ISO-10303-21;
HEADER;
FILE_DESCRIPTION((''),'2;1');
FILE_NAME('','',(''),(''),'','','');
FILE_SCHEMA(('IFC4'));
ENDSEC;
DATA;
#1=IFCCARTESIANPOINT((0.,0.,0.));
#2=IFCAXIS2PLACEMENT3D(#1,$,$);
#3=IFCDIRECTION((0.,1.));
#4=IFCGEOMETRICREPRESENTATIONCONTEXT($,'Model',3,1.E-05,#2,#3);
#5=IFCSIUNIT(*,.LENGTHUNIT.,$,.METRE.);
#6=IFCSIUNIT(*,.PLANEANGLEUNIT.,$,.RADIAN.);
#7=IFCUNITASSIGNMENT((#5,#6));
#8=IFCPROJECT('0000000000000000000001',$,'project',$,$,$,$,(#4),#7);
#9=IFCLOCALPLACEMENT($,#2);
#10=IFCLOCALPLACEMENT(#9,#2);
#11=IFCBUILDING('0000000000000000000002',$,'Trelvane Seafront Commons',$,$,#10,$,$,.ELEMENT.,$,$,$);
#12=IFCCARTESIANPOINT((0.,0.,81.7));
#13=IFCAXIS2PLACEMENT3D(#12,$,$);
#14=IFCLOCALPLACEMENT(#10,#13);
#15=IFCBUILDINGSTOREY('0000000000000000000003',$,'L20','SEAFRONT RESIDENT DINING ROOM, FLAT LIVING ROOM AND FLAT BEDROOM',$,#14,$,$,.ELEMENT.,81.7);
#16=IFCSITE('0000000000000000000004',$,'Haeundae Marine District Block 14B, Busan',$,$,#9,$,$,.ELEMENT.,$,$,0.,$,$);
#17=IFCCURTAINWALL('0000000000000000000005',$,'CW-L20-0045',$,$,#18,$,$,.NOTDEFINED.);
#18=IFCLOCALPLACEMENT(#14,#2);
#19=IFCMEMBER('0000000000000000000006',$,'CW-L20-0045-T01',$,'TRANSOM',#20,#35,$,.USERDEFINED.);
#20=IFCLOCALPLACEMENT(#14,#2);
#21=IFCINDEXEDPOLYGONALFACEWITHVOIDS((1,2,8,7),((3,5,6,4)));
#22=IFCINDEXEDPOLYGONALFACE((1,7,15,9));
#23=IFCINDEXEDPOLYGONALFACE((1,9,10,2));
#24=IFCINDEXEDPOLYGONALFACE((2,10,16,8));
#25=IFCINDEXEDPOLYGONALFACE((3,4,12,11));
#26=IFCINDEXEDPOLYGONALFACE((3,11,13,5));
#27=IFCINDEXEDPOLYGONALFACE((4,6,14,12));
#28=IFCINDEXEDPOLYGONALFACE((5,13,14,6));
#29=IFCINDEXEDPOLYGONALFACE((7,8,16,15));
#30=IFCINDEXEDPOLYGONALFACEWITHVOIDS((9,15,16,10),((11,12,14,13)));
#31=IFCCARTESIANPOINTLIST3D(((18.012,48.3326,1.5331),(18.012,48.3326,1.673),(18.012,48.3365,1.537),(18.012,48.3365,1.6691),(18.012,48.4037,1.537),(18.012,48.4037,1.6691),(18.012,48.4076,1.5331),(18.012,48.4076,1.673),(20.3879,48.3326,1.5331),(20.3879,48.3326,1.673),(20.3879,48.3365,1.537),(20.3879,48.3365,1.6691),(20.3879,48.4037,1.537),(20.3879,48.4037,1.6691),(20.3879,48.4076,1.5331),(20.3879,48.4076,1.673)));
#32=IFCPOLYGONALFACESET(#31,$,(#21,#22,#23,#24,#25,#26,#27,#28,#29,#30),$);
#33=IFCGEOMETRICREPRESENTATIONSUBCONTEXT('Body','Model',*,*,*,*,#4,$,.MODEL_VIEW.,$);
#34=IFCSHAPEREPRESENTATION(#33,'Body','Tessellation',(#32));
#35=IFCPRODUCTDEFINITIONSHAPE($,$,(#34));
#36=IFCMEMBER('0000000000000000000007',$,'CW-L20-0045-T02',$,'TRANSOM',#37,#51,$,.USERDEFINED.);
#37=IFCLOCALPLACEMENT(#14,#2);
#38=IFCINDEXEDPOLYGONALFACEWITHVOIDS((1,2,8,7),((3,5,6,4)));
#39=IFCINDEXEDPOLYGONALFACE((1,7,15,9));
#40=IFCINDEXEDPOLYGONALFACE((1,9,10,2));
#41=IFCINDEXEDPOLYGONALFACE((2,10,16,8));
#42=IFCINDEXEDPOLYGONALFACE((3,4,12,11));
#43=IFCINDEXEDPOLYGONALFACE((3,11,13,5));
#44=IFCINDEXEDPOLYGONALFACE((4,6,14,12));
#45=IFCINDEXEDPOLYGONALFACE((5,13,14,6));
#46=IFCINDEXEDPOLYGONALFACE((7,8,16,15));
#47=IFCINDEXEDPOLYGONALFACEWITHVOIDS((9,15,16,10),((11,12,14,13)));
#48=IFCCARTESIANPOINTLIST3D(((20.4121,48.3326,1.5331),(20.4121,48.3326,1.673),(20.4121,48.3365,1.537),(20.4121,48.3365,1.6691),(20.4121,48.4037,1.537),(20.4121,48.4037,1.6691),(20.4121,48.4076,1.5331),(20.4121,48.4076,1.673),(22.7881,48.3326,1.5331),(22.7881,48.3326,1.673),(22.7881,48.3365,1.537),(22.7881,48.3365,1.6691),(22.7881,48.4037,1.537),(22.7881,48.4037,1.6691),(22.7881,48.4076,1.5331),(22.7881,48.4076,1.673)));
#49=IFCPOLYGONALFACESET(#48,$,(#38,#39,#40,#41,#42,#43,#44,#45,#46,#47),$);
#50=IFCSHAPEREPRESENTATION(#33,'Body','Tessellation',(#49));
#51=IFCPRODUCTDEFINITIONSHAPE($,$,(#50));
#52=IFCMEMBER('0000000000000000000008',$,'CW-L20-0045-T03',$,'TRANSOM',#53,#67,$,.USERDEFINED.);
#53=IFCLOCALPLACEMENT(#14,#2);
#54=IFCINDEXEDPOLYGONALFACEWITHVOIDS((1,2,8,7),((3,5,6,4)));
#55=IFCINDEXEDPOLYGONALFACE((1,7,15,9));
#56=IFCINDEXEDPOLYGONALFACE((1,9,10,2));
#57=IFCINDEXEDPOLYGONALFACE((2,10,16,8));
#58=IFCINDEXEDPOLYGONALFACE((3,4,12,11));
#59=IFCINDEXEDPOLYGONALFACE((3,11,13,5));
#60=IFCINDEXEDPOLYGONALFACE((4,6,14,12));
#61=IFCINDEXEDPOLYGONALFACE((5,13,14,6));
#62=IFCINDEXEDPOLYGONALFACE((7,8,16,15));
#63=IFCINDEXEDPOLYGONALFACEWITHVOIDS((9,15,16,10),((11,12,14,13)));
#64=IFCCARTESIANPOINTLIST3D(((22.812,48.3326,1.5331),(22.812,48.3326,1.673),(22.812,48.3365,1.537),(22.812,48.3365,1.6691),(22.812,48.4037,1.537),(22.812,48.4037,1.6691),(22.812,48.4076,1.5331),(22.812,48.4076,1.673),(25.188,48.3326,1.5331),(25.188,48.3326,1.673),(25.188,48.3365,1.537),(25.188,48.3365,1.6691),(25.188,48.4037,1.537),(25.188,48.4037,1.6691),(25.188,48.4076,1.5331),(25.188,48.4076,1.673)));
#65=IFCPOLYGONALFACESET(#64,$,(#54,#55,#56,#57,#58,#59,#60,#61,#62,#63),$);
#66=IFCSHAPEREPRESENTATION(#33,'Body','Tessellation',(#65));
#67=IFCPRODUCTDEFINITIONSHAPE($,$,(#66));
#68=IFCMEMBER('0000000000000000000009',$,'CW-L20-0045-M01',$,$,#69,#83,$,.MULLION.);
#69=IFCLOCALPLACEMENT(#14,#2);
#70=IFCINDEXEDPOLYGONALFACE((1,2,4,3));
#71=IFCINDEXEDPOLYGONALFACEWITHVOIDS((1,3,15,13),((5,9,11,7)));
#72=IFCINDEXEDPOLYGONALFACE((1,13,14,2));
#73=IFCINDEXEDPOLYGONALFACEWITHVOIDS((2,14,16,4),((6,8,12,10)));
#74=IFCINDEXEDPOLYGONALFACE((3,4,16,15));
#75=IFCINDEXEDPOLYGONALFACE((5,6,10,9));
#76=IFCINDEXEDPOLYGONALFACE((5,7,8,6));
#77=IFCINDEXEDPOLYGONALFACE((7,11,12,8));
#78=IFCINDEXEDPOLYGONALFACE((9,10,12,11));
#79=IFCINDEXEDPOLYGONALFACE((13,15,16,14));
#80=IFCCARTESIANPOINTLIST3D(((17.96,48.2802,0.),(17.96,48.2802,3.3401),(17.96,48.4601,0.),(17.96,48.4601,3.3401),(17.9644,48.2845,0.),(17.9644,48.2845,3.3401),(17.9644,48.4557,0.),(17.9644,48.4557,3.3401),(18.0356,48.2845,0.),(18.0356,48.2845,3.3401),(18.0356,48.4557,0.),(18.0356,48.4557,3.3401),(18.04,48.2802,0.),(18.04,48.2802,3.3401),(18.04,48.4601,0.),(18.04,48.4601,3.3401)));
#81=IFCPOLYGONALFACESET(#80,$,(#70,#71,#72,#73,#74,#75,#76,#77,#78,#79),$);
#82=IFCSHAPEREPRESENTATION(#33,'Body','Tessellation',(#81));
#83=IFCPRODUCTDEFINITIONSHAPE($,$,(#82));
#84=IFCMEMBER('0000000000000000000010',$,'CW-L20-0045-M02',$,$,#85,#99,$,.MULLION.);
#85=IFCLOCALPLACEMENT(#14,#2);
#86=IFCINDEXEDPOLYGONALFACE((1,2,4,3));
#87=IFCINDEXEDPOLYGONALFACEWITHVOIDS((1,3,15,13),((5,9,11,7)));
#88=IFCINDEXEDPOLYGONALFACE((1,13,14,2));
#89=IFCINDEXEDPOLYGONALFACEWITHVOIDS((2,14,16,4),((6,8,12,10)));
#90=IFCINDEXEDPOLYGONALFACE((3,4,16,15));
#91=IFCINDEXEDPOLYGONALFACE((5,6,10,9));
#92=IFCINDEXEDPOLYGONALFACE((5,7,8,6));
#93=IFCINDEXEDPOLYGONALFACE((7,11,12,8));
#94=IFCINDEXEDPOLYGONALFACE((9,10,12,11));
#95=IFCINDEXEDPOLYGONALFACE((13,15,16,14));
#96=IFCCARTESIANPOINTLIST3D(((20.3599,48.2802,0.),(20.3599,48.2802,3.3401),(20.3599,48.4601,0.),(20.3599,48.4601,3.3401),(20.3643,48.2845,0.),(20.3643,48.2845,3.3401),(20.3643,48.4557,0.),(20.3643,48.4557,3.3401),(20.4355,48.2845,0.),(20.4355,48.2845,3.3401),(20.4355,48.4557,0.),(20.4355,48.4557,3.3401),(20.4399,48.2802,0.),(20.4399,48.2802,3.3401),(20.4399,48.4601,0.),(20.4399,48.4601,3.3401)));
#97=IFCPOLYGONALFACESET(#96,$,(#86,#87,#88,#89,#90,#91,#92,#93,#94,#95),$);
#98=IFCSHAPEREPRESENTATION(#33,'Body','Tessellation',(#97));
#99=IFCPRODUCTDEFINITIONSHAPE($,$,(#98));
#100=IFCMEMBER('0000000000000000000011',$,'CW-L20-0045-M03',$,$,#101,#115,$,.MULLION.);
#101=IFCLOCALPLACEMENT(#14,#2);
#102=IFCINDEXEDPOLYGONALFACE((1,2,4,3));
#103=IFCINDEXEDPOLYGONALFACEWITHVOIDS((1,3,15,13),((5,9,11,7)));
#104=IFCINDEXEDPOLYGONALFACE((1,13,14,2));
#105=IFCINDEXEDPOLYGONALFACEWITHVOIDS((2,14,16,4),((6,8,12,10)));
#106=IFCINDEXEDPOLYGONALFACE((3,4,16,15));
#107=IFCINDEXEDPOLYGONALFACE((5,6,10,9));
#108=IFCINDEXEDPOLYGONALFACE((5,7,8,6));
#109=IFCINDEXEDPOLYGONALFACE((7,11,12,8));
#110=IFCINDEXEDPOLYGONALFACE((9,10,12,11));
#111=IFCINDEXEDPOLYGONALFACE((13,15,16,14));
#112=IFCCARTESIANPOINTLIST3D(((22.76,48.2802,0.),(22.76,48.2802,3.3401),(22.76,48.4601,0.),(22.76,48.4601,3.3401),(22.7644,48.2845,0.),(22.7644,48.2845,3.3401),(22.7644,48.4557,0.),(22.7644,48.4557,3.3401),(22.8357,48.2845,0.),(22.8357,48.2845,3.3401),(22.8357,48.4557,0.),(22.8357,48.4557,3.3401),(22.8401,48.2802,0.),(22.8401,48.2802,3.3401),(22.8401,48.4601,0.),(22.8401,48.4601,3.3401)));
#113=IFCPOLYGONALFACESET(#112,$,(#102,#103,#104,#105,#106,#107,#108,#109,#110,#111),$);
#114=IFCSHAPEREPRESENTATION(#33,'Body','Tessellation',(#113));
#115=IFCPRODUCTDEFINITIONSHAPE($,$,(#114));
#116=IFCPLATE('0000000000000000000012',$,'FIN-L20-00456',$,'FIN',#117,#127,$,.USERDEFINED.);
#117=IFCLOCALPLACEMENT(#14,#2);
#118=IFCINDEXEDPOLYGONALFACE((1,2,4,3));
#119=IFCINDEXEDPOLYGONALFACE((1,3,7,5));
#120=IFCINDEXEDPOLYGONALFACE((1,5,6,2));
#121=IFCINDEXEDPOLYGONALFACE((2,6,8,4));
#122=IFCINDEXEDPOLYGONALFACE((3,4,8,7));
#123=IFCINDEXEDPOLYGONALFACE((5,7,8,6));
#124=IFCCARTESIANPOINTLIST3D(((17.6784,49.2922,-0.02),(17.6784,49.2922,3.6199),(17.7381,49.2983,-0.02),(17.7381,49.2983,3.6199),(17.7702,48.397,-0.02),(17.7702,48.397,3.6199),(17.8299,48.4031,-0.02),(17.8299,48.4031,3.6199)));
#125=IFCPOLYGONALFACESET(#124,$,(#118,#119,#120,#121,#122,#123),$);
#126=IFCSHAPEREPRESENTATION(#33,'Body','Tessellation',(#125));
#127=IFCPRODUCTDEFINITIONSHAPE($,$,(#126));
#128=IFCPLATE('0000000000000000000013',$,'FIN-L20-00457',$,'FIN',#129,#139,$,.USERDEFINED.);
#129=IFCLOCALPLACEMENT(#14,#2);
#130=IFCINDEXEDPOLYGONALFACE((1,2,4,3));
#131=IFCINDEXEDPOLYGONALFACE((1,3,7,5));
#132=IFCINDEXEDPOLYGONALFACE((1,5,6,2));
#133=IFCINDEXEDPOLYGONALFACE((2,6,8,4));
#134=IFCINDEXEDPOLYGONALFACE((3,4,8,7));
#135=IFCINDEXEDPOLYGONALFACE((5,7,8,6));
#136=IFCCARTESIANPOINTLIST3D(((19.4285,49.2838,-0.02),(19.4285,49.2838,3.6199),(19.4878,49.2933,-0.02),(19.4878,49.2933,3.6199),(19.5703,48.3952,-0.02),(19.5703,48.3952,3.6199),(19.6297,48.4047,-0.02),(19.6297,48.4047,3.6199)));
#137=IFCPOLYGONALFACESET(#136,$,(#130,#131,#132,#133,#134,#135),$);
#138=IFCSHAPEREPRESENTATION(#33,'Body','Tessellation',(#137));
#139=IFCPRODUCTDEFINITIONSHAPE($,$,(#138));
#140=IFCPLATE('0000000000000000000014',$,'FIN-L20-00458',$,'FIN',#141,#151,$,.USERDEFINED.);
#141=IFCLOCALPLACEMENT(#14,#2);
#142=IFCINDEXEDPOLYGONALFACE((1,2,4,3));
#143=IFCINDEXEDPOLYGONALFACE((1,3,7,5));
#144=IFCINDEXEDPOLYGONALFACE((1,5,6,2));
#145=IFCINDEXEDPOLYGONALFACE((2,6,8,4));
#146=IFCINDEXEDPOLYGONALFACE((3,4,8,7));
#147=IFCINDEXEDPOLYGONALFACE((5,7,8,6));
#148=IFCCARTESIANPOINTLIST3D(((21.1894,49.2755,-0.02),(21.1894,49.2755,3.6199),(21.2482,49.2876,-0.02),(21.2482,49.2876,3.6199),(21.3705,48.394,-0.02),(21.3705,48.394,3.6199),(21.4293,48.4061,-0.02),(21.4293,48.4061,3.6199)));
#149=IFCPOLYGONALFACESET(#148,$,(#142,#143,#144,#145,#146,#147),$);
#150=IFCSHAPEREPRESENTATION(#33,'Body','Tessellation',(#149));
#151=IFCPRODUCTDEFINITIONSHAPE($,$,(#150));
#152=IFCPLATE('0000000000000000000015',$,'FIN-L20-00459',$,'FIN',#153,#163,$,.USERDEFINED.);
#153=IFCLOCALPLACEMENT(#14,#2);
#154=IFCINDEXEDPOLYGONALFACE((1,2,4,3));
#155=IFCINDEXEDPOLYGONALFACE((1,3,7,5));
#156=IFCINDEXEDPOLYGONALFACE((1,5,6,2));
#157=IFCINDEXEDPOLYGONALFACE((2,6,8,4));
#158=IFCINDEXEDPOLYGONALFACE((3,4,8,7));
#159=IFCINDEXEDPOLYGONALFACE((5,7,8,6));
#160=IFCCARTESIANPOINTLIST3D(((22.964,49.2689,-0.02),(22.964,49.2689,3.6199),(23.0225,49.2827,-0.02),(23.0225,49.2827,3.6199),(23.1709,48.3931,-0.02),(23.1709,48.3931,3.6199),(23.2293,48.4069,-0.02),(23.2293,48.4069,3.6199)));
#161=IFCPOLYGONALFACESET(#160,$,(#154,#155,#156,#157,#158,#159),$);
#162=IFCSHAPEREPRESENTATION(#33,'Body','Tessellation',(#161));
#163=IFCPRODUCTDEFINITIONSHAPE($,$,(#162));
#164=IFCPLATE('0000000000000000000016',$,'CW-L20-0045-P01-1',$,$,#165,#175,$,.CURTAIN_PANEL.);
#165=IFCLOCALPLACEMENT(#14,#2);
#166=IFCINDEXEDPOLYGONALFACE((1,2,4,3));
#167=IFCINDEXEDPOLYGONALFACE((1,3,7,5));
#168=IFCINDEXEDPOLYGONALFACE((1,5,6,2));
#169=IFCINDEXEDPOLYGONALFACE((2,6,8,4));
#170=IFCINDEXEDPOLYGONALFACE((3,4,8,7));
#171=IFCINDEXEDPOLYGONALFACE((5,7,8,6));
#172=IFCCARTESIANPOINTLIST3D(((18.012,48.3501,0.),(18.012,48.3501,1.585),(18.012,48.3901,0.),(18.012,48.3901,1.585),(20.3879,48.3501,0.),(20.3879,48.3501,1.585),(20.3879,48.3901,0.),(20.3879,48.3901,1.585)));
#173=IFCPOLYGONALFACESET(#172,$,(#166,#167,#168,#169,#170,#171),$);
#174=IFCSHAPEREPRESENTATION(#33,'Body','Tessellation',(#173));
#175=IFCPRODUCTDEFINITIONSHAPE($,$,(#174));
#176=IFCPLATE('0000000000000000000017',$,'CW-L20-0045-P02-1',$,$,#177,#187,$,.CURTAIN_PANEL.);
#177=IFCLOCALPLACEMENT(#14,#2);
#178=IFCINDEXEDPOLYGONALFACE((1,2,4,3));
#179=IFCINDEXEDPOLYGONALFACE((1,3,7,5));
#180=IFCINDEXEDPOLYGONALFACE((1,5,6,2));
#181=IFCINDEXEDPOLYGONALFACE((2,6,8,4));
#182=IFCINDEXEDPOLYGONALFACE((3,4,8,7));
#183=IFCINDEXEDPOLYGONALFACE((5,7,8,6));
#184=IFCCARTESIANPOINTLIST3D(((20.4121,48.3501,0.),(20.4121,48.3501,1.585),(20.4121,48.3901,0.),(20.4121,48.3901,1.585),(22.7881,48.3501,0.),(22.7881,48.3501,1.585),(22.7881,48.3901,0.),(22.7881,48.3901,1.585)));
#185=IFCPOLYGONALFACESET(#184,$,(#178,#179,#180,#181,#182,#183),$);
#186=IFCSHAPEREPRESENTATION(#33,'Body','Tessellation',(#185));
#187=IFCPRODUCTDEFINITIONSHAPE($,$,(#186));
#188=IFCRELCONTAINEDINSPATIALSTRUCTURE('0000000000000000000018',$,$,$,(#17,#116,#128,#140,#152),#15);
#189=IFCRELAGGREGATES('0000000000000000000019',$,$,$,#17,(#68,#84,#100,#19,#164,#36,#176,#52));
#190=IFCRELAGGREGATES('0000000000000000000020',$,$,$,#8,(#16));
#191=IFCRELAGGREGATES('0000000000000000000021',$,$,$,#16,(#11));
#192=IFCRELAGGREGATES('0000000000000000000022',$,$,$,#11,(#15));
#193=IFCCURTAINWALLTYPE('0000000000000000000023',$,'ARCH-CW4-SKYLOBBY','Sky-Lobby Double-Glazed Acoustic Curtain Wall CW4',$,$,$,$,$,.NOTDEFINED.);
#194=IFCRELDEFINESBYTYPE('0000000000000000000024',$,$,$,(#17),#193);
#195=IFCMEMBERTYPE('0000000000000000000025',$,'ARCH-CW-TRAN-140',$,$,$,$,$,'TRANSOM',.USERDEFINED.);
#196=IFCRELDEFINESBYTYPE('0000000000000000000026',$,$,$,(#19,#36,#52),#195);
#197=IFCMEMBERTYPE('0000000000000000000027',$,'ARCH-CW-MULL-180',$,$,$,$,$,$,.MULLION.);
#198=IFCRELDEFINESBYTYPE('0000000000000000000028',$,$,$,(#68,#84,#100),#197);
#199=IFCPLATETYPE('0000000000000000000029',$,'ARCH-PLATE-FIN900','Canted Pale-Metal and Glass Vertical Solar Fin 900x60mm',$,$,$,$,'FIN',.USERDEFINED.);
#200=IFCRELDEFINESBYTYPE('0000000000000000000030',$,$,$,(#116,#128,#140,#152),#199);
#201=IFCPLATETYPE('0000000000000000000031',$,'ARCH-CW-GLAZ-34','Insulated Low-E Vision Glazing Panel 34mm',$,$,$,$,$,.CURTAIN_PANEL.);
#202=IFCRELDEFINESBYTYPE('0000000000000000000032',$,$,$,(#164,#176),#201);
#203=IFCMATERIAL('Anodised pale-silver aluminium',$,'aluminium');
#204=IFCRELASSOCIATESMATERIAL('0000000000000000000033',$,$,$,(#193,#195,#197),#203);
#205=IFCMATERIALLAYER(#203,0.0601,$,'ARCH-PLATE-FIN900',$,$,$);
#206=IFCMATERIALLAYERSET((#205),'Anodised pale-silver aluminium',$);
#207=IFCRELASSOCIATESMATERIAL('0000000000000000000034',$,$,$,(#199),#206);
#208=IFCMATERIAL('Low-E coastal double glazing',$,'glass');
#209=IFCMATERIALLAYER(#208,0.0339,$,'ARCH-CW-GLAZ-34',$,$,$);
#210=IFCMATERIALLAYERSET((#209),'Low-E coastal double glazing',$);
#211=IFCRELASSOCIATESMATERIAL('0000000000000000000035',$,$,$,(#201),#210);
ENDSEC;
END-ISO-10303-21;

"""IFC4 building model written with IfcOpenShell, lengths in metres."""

from ifc_helpers import new_model, si_unit, direction, frame, origin, origin_2d, place, context, subcontext, project, spatial, rectangle, hollow_rectangle, extrude, source, transform, mapped, material, layer, layer_set, material_profile, profile_set, type_object, element, aggregate, save


model = new_model("IFC4")

# Units and contexts
model_context = context("Model", 3, precision=1e-05, world=origin(), true_north=direction((0.0, 1.0)))
body_context = subcontext(model_context, "Body", "Model", "MODEL_VIEW")
ifc_project = project(units=[si_unit("LENGTHUNIT", "METRE"), si_unit("PLANEANGLEUNIT", "RADIAN")], contexts=[model_context])

# Site, building, storey
site_placement = place(None, origin())
site = spatial("IfcSite", under=ifc_project, at=site_placement, Name="Haeundae Marine District Block 14B, Busan", CompositionType="ELEMENT", RefElevation=0.0)
building_placement = place(site_placement, origin())
building = spatial("IfcBuilding", under=site, at=building_placement, Name="Trelvane Seafront Commons", CompositionType="ELEMENT")
storey_placement = place(building_placement, frame((0.0, 0.0, 81.7)))
storey = spatial("IfcBuildingStorey", under=building, at=storey_placement, Name="L20", Description="SEAFRONT RESIDENT DINING ROOM, FLAT LIVING ROOM AND FLAT BEDROOM", CompositionType="ELEMENT", Elevation=81.7)

# Curtain wall, members
ifc_material_1 = material(Name="Anodised pale-silver aluminium", Category="aluminium")
curtain_wall_type = type_object("IfcCurtainWallType", Name="ARCH-CW4-SKYLOBBY", Description="Sky-Lobby Double-Glazed Acoustic Curtain Wall CW4", PredefinedType="NOTDEFINED", material=ifc_material_1)
curtain_wall_placement = place(storey_placement, origin())
curtain_wall = element("IfcCurtainWall", 1, at=curtain_wall_placement, inside=storey, type_object=curtain_wall_type, Name="CW-L20-0045", PredefinedType="NOTDEFINED")
ifc_material_profile_1 = material_profile(ifc_material_1, hollow_rectangle(XDim=0.075, YDim=0.1399, WallThickness=0.0039, at=origin_2d()), Name="TRAN-75x140x4")
ifc_profile_set_1 = profile_set([ifc_material_profile_1], Name="Anodised pale-silver aluminium")
member_type_1 = type_object("IfcMemberType", Name="ARCH-CW-TRAN-140", ElementType="TRANSOM", PredefinedType="USERDEFINED", material=ifc_profile_set_1)
shared_shape_1 = source(origin(), body_context, "Body", "SweptSolid", [
    extrude(hollow_rectangle(XDim=0.075, YDim=0.1399, WallThickness=0.0039, at=origin_2d()), origin(), (0.0, 0.0, 1.0), 2.376),
])
member_1_placement = place(storey_placement, frame((18.012, 48.3701, 1.603), z_axis=(1.0, 0.0, 0.0), x_axis=(0.0, 1.0, 0.0)))
member_1 = element("IfcMember", 2, at=member_1_placement, type_object=member_type_1, Name="CW-L20-0045-T01", ObjectType="TRANSOM", PredefinedType="USERDEFINED", context=body_context, shape_type="MappedRepresentation", body=[
    mapped(shared_shape_1, transform((0.0, 0.0, 0.0), x_axis=(1.0, 0.0, 0.0), y_axis=(0.0, 1.0, 0.0), z_axis=(0.0, 0.0, 1.0), scale=1.0)),
])
member_2_placement = place(storey_placement, frame((20.4121, 48.3701, 1.603), z_axis=(1.0, 0.0, 0.0), x_axis=(0.0, 1.0, 0.0)))
member_2 = element("IfcMember", 3, at=member_2_placement, type_object=member_type_1, Name="CW-L20-0045-T02", ObjectType="TRANSOM", PredefinedType="USERDEFINED", context=body_context, shape_type="MappedRepresentation", body=[
    mapped(shared_shape_1, transform((0.0, 0.0, 0.0), x_axis=(1.0, 0.0, 0.0), y_axis=(0.0, 1.0, 0.0), z_axis=(0.0, 0.0, 1.0), scale=1.0)),
])
member_3_placement = place(storey_placement, frame((22.812, 48.3701, 1.603), z_axis=(1.0, 0.0, 0.0), x_axis=(0.0, 1.0, 0.0)))
member_3 = element("IfcMember", 4, at=member_3_placement, type_object=member_type_1, Name="CW-L20-0045-T03", ObjectType="TRANSOM", PredefinedType="USERDEFINED", context=body_context, shape_type="MappedRepresentation", body=[
    mapped(shared_shape_1, transform((0.0, 0.0, 0.0), x_axis=(1.0, 0.0, 0.0), y_axis=(0.0, 1.0, 0.0), z_axis=(0.0, 0.0, 1.0), scale=1.0)),
])
ifc_material_profile_2 = material_profile(ifc_material_1, hollow_rectangle(XDim=0.0801, YDim=0.1799, WallThickness=0.0044, at=origin_2d()), Name="MULL-80x180x4.5")
ifc_profile_set_2 = profile_set([ifc_material_profile_2], Name="Anodised pale-silver aluminium")
member_type_2 = type_object("IfcMemberType", Name="ARCH-CW-MULL-180", PredefinedType="MULLION", material=ifc_profile_set_2)
shared_shape_2 = source(origin(), body_context, "Body", "SweptSolid", [
    extrude(hollow_rectangle(XDim=0.0801, YDim=0.1799, WallThickness=0.0044, at=origin_2d()), origin(), (0.0, 0.0, 1.0), 3.3401),
])
member_4_placement = place(storey_placement, frame((18.0, 48.3701, 0.0), z_axis=(0.0, 0.0, 1.0), x_axis=(1.0, 0.0, 0.0)))
member_4 = element("IfcMember", 5, at=member_4_placement, type_object=member_type_2, Name="CW-L20-0045-M01", PredefinedType="MULLION", context=body_context, shape_type="MappedRepresentation", body=[
    mapped(shared_shape_2, transform((0.0, 0.0, 0.0), x_axis=(1.0, 0.0, 0.0), y_axis=(0.0, 1.0, 0.0), z_axis=(0.0, 0.0, 1.0), scale=1.0)),
])
member_5_placement = place(storey_placement, frame((20.3999, 48.3701, 0.0), z_axis=(0.0, 0.0, 1.0), x_axis=(1.0, 0.0, 0.0)))
member_5 = element("IfcMember", 6, at=member_5_placement, type_object=member_type_2, Name="CW-L20-0045-M02", PredefinedType="MULLION", context=body_context, shape_type="MappedRepresentation", body=[
    mapped(shared_shape_2, transform((0.0, 0.0, 0.0), x_axis=(1.0, 0.0, 0.0), y_axis=(0.0, 1.0, 0.0), z_axis=(0.0, 0.0, 1.0), scale=1.0)),
])
member_6_placement = place(storey_placement, frame((22.8, 48.3701, 0.0), z_axis=(0.0, 0.0, 1.0), x_axis=(1.0, 0.0, 0.0)))
member_6 = element("IfcMember", 7, at=member_6_placement, type_object=member_type_2, Name="CW-L20-0045-M03", PredefinedType="MULLION", context=body_context, shape_type="MappedRepresentation", body=[
    mapped(shared_shape_2, transform((0.0, 0.0, 0.0), x_axis=(1.0, 0.0, 0.0), y_axis=(0.0, 1.0, 0.0), z_axis=(0.0, 0.0, 1.0), scale=1.0)),
])

# Plates
ifc_layer_1 = layer(ifc_material_1, 0.0601, Name="ARCH-PLATE-FIN900")
ifc_layer_set_1 = layer_set([ifc_layer_1], Name="Anodised pale-silver aluminium")
plate_type_1 = type_object("IfcPlateType", Name="ARCH-PLATE-FIN900", Description="Canted Pale-Metal and Glass Vertical Solar Fin 900x60mm", ElementType="FIN", PredefinedType="USERDEFINED", material=ifc_layer_set_1)
shared_shape_3 = source(origin(), body_context, "Body", "SweptSolid", [
    extrude(rectangle(XDim=0.8999, YDim=0.0601, at=origin_2d()), origin(), (0.0, 0.0, 1.0), 3.6399),
])
for number, where, z_axis, x_axis, name in (
    (8, (17.7542, 48.8477, -0.02), (0.0, 0.0, 1.0), (-0.102001, 0.994784, 0.0), "FIN-L20-00456"),
    (9, (19.5291, 48.8442, -0.02), (0.0, 0.0, 1.0), (-0.157674, 0.987491, 0.0), "FIN-L20-00457"),
    (10, (21.3093, 48.8408, -0.02), (0.0, 0.0, 1.0), (-0.20122, 0.979546, 0.0), "FIN-L20-00458"),
    (11, (23.0967, 48.8379, -0.02), (0.0, 0.0, 1.0), (-0.229888, 0.973217, 0.0), "FIN-L20-00459"),
):
    element("IfcPlate", number, at=place(storey_placement, frame(where, z_axis=z_axis, x_axis=x_axis)), inside=storey, type_object=plate_type_1, Name=name, ObjectType="FIN", PredefinedType="USERDEFINED", context=body_context, shape_type="MappedRepresentation", body=[
        mapped(shared_shape_3, transform((0.0, 0.0, 0.0), x_axis=(1.0, 0.0, 0.0), y_axis=(0.0, 1.0, 0.0), z_axis=(0.0, 0.0, 1.0), scale=1.0)),
    ])

# Plates
ifc_material_2 = material(Name="Low-E coastal double glazing", Category="glass")
ifc_layer_2 = layer(ifc_material_2, 0.0339, Name="ARCH-CW-GLAZ-34")
ifc_layer_set_2 = layer_set([ifc_layer_2], Name="Low-E coastal double glazing")
plate_type_2 = type_object("IfcPlateType", Name="ARCH-CW-GLAZ-34", Description="Insulated Low-E Vision Glazing Panel 34mm", PredefinedType="CURTAIN_PANEL", material=ifc_layer_set_2)
shared_shape_4 = source(origin(), body_context, "Body", "SweptSolid", [
    extrude(rectangle(XDim=2.376, YDim=0.04, at=origin_2d()), origin(), (0.0, 0.0, 1.0), 1.585),
])
plate_1_placement = place(storey_placement, frame((19.2, 48.3701, 0.0), z_axis=(0.0, 0.0, 1.0), x_axis=(1.0, 0.0, 0.0)))
plate_1 = element("IfcPlate", 12, at=plate_1_placement, type_object=plate_type_2, Name="CW-L20-0045-P01-1", PredefinedType="CURTAIN_PANEL", context=body_context, shape_type="MappedRepresentation", body=[
    mapped(shared_shape_4, transform((0.0, 0.0, 0.0), x_axis=(1.0, 0.0, 0.0), y_axis=(0.0, 1.0, 0.0), z_axis=(0.0, 0.0, 1.0), scale=1.0)),
])
plate_2_placement = place(storey_placement, frame((21.6001, 48.3701, 0.0), z_axis=(0.0, 0.0, 1.0), x_axis=(1.0, 0.0, 0.0)))
plate_2 = element("IfcPlate", 13, at=plate_2_placement, type_object=plate_type_2, Name="CW-L20-0045-P02-1", PredefinedType="CURTAIN_PANEL", context=body_context, shape_type="MappedRepresentation", body=[
    mapped(shared_shape_4, transform((0.0, 0.0, 0.0), x_axis=(1.0, 0.0, 0.0), y_axis=(0.0, 1.0, 0.0), z_axis=(0.0, 0.0, 1.0), scale=1.0)),
])
aggregate(curtain_wall, [member_4, member_5, member_6, member_1, plate_1, member_2, plate_2, member_3])

save(model, "model.ifc")
